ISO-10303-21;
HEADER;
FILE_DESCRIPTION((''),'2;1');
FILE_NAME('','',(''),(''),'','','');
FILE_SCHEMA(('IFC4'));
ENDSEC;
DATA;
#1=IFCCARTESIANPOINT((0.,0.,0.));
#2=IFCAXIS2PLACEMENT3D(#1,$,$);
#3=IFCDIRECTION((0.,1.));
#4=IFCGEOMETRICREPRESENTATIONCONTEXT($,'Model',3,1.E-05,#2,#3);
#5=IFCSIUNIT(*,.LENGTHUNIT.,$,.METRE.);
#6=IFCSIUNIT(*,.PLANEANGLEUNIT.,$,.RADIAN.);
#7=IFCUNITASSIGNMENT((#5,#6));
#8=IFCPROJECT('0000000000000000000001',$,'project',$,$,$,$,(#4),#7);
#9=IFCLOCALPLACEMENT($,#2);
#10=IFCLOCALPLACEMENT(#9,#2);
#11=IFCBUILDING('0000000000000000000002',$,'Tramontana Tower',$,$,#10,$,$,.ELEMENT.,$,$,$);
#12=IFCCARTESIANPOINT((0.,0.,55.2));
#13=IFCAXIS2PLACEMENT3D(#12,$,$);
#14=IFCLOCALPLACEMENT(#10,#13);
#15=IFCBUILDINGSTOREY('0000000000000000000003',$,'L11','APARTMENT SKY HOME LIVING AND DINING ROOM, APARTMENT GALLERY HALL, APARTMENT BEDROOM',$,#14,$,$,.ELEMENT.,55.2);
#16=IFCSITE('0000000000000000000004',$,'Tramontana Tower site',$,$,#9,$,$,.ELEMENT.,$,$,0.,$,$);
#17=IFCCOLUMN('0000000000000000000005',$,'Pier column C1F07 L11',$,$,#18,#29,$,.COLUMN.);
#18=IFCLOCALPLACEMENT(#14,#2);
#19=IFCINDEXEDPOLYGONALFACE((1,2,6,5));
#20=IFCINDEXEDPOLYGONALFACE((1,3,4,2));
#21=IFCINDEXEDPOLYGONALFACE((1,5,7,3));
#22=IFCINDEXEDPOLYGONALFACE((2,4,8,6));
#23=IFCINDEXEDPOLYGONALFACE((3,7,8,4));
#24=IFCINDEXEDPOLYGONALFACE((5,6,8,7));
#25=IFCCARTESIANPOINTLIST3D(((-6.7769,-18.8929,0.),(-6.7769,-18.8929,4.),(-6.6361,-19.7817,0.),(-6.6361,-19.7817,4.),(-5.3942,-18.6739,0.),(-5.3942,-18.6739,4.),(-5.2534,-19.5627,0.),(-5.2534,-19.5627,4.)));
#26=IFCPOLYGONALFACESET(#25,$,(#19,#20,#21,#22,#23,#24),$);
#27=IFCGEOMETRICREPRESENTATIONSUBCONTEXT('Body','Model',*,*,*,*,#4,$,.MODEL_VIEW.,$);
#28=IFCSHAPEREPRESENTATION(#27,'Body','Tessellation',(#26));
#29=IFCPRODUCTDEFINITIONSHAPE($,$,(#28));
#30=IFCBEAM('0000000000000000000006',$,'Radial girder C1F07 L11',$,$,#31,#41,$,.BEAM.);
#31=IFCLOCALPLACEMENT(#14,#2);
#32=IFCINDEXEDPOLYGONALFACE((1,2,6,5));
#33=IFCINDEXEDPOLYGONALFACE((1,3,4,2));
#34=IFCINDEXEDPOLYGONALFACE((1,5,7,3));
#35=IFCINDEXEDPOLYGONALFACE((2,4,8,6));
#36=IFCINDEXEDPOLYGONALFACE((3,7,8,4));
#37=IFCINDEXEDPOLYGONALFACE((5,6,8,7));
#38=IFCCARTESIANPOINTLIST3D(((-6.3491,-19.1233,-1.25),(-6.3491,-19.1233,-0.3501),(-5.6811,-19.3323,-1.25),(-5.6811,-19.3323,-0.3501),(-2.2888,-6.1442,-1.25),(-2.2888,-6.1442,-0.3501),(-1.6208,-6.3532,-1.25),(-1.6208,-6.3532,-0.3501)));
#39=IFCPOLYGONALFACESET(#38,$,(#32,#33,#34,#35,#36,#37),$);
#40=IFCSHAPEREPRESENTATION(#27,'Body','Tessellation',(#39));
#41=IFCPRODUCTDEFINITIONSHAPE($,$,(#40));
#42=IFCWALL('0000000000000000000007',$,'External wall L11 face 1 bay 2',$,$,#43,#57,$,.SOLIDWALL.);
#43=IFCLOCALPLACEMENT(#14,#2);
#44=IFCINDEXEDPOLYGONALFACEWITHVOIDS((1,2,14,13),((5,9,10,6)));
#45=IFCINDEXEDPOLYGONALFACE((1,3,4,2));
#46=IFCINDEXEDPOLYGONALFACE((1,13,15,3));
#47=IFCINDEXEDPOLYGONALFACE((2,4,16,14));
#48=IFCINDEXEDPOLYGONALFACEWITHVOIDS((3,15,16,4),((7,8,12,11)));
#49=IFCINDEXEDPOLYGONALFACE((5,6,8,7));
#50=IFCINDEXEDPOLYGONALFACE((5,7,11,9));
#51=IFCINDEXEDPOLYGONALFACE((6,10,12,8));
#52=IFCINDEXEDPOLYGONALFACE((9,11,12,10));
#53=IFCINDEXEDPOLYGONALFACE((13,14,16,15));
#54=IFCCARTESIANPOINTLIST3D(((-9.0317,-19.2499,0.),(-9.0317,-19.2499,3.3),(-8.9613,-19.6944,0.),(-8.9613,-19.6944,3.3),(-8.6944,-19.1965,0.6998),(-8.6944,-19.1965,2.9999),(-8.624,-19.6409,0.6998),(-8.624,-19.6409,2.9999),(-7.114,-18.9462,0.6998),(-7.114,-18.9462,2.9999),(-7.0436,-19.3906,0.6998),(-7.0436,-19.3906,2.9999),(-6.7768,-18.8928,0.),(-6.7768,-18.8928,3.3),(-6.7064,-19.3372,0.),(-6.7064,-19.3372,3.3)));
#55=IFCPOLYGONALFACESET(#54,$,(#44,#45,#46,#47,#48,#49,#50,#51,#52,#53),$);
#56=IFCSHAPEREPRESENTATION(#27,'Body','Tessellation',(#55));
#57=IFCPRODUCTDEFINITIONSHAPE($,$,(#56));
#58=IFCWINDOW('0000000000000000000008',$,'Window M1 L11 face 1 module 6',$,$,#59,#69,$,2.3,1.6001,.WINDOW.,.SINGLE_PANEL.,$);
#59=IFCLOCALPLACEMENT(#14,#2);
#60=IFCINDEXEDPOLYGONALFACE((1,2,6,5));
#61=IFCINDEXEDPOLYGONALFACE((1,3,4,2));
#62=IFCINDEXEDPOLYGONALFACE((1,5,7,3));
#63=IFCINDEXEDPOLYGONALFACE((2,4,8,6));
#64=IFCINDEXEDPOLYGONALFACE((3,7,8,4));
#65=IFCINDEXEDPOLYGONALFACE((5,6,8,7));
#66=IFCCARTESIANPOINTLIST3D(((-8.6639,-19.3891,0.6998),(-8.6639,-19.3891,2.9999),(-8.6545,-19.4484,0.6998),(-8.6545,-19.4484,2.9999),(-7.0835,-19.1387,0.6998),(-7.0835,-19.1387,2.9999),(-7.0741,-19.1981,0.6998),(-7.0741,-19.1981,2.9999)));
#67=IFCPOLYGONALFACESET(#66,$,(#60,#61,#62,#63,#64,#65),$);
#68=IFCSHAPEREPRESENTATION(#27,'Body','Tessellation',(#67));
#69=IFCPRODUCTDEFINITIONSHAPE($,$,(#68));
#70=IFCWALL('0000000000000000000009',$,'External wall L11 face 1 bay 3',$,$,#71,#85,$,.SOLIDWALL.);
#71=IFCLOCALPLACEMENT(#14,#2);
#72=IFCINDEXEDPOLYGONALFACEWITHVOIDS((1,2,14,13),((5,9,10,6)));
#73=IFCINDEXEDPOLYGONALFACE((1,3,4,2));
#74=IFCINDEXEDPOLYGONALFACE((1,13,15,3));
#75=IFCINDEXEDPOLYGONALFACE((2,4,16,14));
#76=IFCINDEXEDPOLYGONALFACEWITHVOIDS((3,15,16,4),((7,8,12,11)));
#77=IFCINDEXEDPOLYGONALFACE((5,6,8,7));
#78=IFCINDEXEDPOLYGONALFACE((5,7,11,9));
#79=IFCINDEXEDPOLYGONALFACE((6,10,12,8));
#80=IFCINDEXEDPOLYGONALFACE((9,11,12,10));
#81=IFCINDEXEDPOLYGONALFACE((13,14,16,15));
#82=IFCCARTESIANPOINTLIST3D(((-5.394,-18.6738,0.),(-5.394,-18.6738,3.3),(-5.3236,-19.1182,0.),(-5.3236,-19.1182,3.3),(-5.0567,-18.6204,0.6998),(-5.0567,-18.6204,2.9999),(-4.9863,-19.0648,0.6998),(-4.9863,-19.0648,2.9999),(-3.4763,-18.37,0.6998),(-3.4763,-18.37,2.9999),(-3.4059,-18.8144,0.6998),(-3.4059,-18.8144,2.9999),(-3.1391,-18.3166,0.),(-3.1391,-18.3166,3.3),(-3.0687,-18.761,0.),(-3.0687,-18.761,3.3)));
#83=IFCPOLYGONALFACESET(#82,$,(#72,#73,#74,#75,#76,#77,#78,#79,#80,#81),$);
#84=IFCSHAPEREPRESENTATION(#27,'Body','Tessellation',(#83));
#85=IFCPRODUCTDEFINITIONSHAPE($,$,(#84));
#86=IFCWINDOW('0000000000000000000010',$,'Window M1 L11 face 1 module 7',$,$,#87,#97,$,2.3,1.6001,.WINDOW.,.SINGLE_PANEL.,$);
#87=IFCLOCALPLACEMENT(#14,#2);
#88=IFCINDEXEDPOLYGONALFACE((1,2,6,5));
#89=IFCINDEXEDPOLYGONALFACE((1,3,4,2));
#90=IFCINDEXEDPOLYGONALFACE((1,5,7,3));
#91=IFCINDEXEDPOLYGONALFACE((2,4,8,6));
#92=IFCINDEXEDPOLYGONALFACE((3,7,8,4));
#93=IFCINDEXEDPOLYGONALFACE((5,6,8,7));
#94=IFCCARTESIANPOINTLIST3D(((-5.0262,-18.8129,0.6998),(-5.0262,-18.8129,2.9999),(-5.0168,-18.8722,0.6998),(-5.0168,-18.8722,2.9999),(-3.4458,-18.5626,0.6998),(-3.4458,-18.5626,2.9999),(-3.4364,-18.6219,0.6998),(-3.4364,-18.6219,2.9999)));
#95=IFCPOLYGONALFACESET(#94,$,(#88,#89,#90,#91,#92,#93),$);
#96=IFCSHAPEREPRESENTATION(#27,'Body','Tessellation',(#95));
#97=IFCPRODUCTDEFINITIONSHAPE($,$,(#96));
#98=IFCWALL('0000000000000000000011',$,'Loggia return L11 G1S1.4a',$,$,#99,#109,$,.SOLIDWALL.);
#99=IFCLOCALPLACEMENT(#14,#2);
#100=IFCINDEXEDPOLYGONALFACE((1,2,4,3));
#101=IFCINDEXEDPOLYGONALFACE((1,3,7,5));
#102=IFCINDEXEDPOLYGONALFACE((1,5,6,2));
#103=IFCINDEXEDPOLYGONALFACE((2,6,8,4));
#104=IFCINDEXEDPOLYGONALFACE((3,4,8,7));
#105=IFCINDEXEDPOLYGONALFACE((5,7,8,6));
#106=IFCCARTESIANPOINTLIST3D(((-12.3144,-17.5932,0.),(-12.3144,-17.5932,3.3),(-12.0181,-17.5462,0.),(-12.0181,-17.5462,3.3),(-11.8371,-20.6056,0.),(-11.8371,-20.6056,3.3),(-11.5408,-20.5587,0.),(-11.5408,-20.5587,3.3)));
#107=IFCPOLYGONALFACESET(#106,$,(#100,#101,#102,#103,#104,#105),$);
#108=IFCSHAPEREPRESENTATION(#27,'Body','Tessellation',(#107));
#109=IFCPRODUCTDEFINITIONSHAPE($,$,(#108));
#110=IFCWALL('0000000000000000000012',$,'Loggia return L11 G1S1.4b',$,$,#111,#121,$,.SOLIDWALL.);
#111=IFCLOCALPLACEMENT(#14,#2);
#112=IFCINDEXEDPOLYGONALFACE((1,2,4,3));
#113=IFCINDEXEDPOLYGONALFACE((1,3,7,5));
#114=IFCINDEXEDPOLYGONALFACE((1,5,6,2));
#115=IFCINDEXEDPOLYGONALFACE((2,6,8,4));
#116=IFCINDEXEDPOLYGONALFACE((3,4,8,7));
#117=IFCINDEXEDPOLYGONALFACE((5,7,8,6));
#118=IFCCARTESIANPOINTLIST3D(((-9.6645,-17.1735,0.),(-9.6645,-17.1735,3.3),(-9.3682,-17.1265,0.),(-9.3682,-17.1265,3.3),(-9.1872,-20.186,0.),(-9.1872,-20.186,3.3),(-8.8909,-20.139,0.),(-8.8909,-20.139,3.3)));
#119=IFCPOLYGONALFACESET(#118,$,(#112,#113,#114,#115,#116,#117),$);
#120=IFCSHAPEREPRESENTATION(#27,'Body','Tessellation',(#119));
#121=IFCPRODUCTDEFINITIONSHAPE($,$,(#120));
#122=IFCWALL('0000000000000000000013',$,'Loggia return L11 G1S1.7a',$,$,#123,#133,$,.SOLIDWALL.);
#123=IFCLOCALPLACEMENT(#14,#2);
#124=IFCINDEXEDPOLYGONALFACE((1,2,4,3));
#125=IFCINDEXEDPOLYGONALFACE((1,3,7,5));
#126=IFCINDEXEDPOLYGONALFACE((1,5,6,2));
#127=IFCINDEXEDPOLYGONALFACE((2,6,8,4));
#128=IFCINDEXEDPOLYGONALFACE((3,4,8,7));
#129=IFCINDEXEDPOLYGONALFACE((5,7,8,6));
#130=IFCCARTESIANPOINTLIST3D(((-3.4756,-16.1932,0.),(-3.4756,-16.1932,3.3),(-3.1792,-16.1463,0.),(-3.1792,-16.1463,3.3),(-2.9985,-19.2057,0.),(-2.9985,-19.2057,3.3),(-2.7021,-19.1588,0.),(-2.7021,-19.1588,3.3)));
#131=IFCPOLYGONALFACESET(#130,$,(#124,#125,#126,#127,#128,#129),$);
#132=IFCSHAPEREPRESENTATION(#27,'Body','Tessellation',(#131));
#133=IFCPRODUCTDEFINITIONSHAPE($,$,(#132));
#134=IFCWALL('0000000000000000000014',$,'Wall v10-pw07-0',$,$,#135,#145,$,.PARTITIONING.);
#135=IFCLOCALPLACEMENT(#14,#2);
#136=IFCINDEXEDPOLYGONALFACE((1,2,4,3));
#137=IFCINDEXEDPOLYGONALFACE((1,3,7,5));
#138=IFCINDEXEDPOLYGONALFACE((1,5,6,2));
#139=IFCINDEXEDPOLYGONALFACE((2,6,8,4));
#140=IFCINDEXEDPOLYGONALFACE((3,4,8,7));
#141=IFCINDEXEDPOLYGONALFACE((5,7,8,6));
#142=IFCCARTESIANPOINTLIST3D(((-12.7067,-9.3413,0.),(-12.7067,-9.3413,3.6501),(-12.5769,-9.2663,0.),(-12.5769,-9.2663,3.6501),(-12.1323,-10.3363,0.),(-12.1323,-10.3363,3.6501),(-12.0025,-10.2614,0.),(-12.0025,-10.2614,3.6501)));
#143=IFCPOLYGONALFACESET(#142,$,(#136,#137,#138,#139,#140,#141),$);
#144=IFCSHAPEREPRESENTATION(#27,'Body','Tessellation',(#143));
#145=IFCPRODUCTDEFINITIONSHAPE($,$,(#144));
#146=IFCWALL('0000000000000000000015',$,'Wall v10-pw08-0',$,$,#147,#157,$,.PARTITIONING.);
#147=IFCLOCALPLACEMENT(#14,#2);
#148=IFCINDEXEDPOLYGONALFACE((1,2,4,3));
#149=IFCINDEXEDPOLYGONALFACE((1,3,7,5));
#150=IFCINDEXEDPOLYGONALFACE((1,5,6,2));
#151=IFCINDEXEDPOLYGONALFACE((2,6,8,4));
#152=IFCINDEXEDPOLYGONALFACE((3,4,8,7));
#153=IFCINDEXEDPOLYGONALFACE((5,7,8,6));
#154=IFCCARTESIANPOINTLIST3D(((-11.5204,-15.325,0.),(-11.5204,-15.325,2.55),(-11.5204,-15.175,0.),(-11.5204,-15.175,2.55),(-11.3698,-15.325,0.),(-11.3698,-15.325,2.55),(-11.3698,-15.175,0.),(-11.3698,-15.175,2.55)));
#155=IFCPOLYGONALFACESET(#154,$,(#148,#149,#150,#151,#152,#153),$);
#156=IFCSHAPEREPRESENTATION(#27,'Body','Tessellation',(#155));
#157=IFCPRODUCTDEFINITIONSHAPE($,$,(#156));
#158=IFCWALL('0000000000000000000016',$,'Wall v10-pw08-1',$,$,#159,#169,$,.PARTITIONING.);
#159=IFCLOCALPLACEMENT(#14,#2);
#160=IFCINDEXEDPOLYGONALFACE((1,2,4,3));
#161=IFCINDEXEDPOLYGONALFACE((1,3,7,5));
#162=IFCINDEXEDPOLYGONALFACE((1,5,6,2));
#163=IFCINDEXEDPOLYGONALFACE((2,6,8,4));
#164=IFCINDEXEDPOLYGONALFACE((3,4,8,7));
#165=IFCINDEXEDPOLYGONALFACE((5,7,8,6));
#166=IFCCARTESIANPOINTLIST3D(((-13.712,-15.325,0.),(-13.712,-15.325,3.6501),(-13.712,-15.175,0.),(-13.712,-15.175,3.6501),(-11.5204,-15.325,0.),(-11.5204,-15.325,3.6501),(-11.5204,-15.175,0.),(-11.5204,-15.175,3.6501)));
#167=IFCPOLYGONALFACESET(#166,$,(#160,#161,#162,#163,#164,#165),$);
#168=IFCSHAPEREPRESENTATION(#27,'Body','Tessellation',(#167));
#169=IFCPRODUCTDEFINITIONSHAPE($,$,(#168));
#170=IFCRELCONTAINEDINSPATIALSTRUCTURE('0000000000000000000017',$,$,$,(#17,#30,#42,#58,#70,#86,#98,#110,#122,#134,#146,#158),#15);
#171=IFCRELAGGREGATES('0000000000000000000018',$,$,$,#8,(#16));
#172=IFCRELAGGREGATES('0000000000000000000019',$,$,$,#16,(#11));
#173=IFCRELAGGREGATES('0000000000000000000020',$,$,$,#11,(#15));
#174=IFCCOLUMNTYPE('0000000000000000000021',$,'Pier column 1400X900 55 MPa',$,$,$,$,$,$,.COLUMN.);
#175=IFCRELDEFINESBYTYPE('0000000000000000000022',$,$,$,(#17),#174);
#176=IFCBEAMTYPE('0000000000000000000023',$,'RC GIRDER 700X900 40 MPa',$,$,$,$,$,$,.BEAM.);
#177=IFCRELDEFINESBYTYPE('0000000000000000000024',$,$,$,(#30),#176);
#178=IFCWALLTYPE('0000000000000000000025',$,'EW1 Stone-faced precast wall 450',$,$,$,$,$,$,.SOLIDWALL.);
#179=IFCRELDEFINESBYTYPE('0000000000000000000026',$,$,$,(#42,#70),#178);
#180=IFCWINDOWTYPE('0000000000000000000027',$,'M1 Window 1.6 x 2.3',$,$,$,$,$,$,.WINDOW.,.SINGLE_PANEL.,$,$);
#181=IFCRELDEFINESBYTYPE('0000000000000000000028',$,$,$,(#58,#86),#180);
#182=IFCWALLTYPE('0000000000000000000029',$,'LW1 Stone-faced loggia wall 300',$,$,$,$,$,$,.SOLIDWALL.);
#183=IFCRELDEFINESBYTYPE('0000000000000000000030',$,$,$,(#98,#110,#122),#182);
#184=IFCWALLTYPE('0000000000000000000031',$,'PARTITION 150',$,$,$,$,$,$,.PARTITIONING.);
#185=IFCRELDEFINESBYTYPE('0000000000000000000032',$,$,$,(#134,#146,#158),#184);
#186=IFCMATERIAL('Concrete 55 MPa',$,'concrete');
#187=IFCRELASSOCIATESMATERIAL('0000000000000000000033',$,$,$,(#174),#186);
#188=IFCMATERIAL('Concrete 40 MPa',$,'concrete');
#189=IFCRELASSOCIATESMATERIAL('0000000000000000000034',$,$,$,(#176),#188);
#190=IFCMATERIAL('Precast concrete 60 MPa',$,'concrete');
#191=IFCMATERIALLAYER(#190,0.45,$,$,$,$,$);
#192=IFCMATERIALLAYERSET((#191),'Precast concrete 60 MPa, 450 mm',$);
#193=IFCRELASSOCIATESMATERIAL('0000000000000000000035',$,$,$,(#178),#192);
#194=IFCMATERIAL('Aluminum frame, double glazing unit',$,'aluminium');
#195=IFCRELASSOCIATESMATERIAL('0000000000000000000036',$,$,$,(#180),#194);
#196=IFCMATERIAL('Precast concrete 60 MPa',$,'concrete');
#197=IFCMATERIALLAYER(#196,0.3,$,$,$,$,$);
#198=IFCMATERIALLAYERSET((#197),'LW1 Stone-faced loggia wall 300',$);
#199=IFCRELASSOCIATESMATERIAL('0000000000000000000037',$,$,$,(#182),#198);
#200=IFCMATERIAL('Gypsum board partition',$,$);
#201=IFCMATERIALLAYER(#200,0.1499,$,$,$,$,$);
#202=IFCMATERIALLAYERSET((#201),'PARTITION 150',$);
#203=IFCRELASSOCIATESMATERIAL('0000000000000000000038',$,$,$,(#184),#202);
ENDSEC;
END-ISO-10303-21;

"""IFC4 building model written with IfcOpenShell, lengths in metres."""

from ifc_helpers import new_model, si_unit, direction, frame, frame_2d, origin, origin_2d, place, context, subcontext, project, spatial, rectangle, extrude, material, layer, layer_set, material_profile, profile_set, type_object, element, fill, save


model = new_model("IFC4")

# Units and contexts
model_context = context("Model", 3, precision=1e-05, world=origin(), true_north=direction((0.0, 1.0)))
body_context = subcontext(model_context, "Body", "Model", "MODEL_VIEW")
ifc_project = project(units=[si_unit("LENGTHUNIT", "METRE"), si_unit("PLANEANGLEUNIT", "RADIAN")], contexts=[model_context])

# Site, building, storey
site_placement = place(None, origin())
site = spatial("IfcSite", under=ifc_project, at=site_placement, Name="Tramontana Tower site", CompositionType="ELEMENT", RefElevation=0.0)
building_placement = place(site_placement, origin())
building = spatial("IfcBuilding", under=site, at=building_placement, Name="Tramontana Tower", CompositionType="ELEMENT")
storey_placement = place(building_placement, frame((0.0, 0.0, 55.2)))
storey = spatial("IfcBuildingStorey", under=building, at=storey_placement, Name="L11", Description="APARTMENT SKY HOME LIVING AND DINING ROOM, APARTMENT GALLERY HALL, APARTMENT BEDROOM", CompositionType="ELEMENT", Elevation=55.2)

# Column
ifc_material_1 = material(Name="Concrete 55 MPa", Category="concrete")
ifc_material_profile_1 = material_profile(ifc_material_1, rectangle(XDim=1.3999, YDim=0.8999, at=origin_2d()), Name="Pier column 1400X900 55 MPa")
ifc_profile_set_1 = profile_set([ifc_material_profile_1], Name="Concrete 55 MPa")
column_type = type_object("IfcColumnType", Name="Pier column 1400X900 55 MPa", PredefinedType="COLUMN", material=ifc_profile_set_1)
column_placement = place(storey_placement, frame((-6.0151, -19.2278, 0.0), z_axis=(0.0, 0.0, 1.0), x_axis=(0.987688, 0.156434, 0.0)))
element("IfcColumn", 1, at=column_placement, inside=storey, type_object=column_type, Name="Pier column C1F07 L11", PredefinedType="COLUMN", context=body_context, shape_type="SweptSolid", body=[
    extrude(rectangle(XDim=1.3999, YDim=0.8999, at=origin_2d()), origin(), (0.0, 0.0, 1.0), 4.0),
])

# Beam
ifc_material_2 = material(Name="Concrete 40 MPa", Category="concrete")
ifc_material_profile_2 = material_profile(ifc_material_2, rectangle(XDim=0.7, YDim=0.8999, at=origin_2d()), Name="RC GIRDER 700X900 40 MPa")
ifc_profile_set_2 = profile_set([ifc_material_profile_2], Name="Concrete 40 MPa")
beam_type = type_object("IfcBeamType", Name="RC GIRDER 700X900 40 MPa", PredefinedType="BEAM", material=ifc_profile_set_2)
beam_placement = place(storey_placement, frame((-6.0151, -19.2278, -0.8), z_axis=(0.298567, 0.954389, 0.0), x_axis=(-0.954389, 0.298567, 0.0)))
element("IfcBeam", 2, at=beam_placement, inside=storey, type_object=beam_type, Name="Radial girder C1F07 L11", PredefinedType="BEAM", context=body_context, shape_type="SweptSolid", body=[
    extrude(rectangle(XDim=0.7, YDim=0.8999, at=origin_2d()), origin(), (0.0, 0.0, 1.0), 13.5994),
])

# Walls, openings, windows
ifc_material_3 = material(Name="Precast concrete 60 MPa", Category="concrete")
ifc_layer_1 = layer(ifc_material_3, 0.45)
ifc_layer_set_1 = layer_set([ifc_layer_1], Name="Precast concrete 60 MPa, 450 mm")
wall_type_1 = type_object("IfcWallType", Name="EW1 Stone-faced precast wall 450", PredefinedType="SOLIDWALL", material=ifc_layer_set_1)
wall_1_placement = place(storey_placement, frame((-8.9966, -19.4722, 0.0), z_axis=(0.0, 0.0, 1.0), x_axis=(0.987686, 0.156451, 0.0)))
wall_1 = element("IfcWall", 3, at=wall_1_placement, inside=storey, type_object=wall_type_1, Name="External wall L11 face 1 bay 2", PredefinedType="SOLIDWALL", context=body_context, shape_type="SweptSolid", body=[
    extrude(rectangle(XDim=2.283, YDim=0.45, at=frame_2d((1.1416, 0.0))), origin(), (0.0, 0.0, 1.0), 3.3),
])
opening_1_placement = place(wall_1_placement, frame((0.3416, 0.0, 0.7)))
opening_1 = element("IfcOpeningElement", 4, at=opening_1_placement, cuts=wall_1, PredefinedType="OPENING", context=body_context, shape_type="SweptSolid", body=[
    extrude(rectangle(XDim=1.6001, YDim=2.3, at=frame_2d((0.8, 1.1499))), frame((0.0, 0.2349, 0.0), z_axis=(0.0, -1.0, 0.0), x_axis=(1.0, 0.0, 0.0)), (0.0, 0.0, 1.0), 0.47),
])
ifc_material_4 = material(Name="Aluminum frame, double glazing unit", Category="aluminium")
window_type = type_object("IfcWindowType", Name="M1 Window 1.6 x 2.3", PartitioningType="SINGLE_PANEL", PredefinedType="WINDOW", material=ifc_material_4)
window_1_placement = place(opening_1_placement, origin())
window_1 = element("IfcWindow", 5, at=window_1_placement, inside=storey, type_object=window_type, Name="Window M1 L11 face 1 module 6", OverallHeight=2.3, OverallWidth=1.6001, PartitioningType="SINGLE_PANEL", PredefinedType="WINDOW", context=body_context, shape_type="SweptSolid", body=[
    extrude(rectangle(XDim=1.6001, YDim=2.3, at=frame_2d((0.8, 1.1499))), frame((0.0, 0.03, 0.0), z_axis=(0.0, -1.0, 0.0), x_axis=(1.0, 0.0, 0.0)), (0.0, 0.0, 1.0), 0.0601),
])
fill(opening_1, window_1)
wall_2_placement = place(storey_placement, frame((-5.3589, -18.896, 0.0), z_axis=(0.0, 0.0, 1.0), x_axis=(0.987686, 0.156451, 0.0)))
wall_2 = element("IfcWall", 6, at=wall_2_placement, inside=storey, type_object=wall_type_1, Name="External wall L11 face 1 bay 3", PredefinedType="SOLIDWALL", context=body_context, shape_type="SweptSolid", body=[
    extrude(rectangle(XDim=2.283, YDim=0.45, at=frame_2d((1.1416, 0.0))), origin(), (0.0, 0.0, 1.0), 3.3),
])
opening_2_placement = place(wall_2_placement, frame((0.3416, 0.0, 0.7)))
opening_2 = element("IfcOpeningElement", 7, at=opening_2_placement, cuts=wall_2, PredefinedType="OPENING", context=body_context, shape_type="SweptSolid", body=[
    extrude(rectangle(XDim=1.6001, YDim=2.3, at=frame_2d((0.8, 1.1499))), frame((0.0, 0.2349, 0.0), z_axis=(0.0, -1.0, 0.0), x_axis=(1.0, 0.0, 0.0)), (0.0, 0.0, 1.0), 0.47),
])
window_2_placement = place(opening_2_placement, origin())
window_2 = element("IfcWindow", 8, at=window_2_placement, inside=storey, type_object=window_type, Name="Window M1 L11 face 1 module 7", OverallHeight=2.3, OverallWidth=1.6001, PartitioningType="SINGLE_PANEL", PredefinedType="WINDOW", context=body_context, shape_type="SweptSolid", body=[
    extrude(rectangle(XDim=1.6001, YDim=2.3, at=frame_2d((0.8, 1.1499))), frame((0.0, 0.03, 0.0), z_axis=(0.0, -1.0, 0.0), x_axis=(1.0, 0.0, 0.0)), (0.0, 0.0, 1.0), 0.0601),
])
fill(opening_2, window_2)

# Shared definitions
ifc_material_5 = material(Name="Precast concrete 60 MPa", Category="concrete")
ifc_layer_2 = layer(ifc_material_5, 0.3)
ifc_layer_set_2 = layer_set([ifc_layer_2], Name="LW1 Stone-faced loggia wall 300")
wall_type_2 = type_object("IfcWallType", Name="LW1 Stone-faced loggia wall 300", PredefinedType="SOLIDWALL", material=ifc_layer_set_2)

# Walls
for number, where, z_axis, x_axis, name in (
    (9, (-11.689, -20.582, 0.0), (0.0, 0.0, 1.0), (-0.156489, 0.98768, 0.0), "Loggia return L11 G1S1.4a"),
    (10, (-9.0391, -20.1624, 0.0), (0.0, 0.0, 1.0), (-0.156489, 0.98768, 0.0), "Loggia return L11 G1S1.4b"),
):
    element("IfcWall", number, at=place(storey_placement, frame(where, z_axis=z_axis, x_axis=x_axis)), inside=storey, type_object=wall_type_2, Name=name, PredefinedType="SOLIDWALL", context=body_context, shape_type="SweptSolid", body=[
        extrude(rectangle(XDim=3.05, YDim=0.3, at=frame_2d((1.5249, 0.0))), origin(), (0.0, 0.0, 1.0), 3.3),
    ])

# Walls
wall_3_placement = place(storey_placement, frame((-2.8503, -19.1821, 0.0), z_axis=(0.0, 0.0, 1.0), x_axis=(-0.156411, 0.987692, 0.0)))
element("IfcWall", 11, at=wall_3_placement, inside=storey, type_object=wall_type_2, Name="Loggia return L11 G1S1.7a", PredefinedType="SOLIDWALL", context=body_context, shape_type="SweptSolid", body=[
    extrude(rectangle(XDim=3.05, YDim=0.3, at=frame_2d((1.5249, 0.0))), origin(), (0.0, 0.0, 1.0), 3.3),
])
ifc_material_6 = material(Name="Gypsum board partition")
ifc_layer_3 = layer(ifc_material_6, 0.1499)
ifc_layer_set_3 = layer_set([ifc_layer_3], Name="PARTITION 150")
wall_type_3 = type_object("IfcWallType", Name="PARTITION 150", PredefinedType="PARTITIONING", material=ifc_layer_set_3)
wall_4_placement = place(storey_placement, frame((-12.0674, -10.2988, 0.0), z_axis=(0.0, 0.0, 1.0), x_axis=(-0.499955, 0.866051, 0.0)))
element("IfcWall", 12, at=wall_4_placement, inside=storey, type_object=wall_type_3, Name="Wall v10-pw07-0", PredefinedType="PARTITIONING", context=body_context, shape_type="SweptSolid", body=[
    extrude(rectangle(XDim=1.1489, YDim=0.1499, at=frame_2d((0.5745, 0.0))), origin(), (0.0, 0.0, 1.0), 3.6501),
])

# Walls
wall_5_placement = place(storey_placement, frame((-11.3699, -15.25, 0.0), z_axis=(0.0, 0.0, 1.0), x_axis=(-1.0, 0.0, 0.0)))
element("IfcWall", 13, at=wall_5_placement, inside=storey, type_object=wall_type_3, Name="Wall v10-pw08-0", PredefinedType="PARTITIONING", context=body_context, shape_type="SweptSolid", body=[
    extrude(rectangle(XDim=0.1506, YDim=0.1499, at=frame_2d((0.0752, 0.0))), origin(), (0.0, 0.0, 1.0), 2.55),
])
wall_6_placement = place(storey_placement, frame((-11.5205, -15.25, 0.0), z_axis=(0.0, 0.0, 1.0), x_axis=(-1.0, 0.0, 0.0)))
element("IfcWall", 14, at=wall_6_placement, inside=storey, type_object=wall_type_3, Name="Wall v10-pw08-1", PredefinedType="PARTITIONING", context=body_context, shape_type="SweptSolid", body=[
    extrude(rectangle(XDim=2.1917, YDim=0.1499, at=frame_2d((1.0957, 0.0))), origin(), (0.0, 0.0, 1.0), 3.6501),
])

save(model, "model.ifc")
